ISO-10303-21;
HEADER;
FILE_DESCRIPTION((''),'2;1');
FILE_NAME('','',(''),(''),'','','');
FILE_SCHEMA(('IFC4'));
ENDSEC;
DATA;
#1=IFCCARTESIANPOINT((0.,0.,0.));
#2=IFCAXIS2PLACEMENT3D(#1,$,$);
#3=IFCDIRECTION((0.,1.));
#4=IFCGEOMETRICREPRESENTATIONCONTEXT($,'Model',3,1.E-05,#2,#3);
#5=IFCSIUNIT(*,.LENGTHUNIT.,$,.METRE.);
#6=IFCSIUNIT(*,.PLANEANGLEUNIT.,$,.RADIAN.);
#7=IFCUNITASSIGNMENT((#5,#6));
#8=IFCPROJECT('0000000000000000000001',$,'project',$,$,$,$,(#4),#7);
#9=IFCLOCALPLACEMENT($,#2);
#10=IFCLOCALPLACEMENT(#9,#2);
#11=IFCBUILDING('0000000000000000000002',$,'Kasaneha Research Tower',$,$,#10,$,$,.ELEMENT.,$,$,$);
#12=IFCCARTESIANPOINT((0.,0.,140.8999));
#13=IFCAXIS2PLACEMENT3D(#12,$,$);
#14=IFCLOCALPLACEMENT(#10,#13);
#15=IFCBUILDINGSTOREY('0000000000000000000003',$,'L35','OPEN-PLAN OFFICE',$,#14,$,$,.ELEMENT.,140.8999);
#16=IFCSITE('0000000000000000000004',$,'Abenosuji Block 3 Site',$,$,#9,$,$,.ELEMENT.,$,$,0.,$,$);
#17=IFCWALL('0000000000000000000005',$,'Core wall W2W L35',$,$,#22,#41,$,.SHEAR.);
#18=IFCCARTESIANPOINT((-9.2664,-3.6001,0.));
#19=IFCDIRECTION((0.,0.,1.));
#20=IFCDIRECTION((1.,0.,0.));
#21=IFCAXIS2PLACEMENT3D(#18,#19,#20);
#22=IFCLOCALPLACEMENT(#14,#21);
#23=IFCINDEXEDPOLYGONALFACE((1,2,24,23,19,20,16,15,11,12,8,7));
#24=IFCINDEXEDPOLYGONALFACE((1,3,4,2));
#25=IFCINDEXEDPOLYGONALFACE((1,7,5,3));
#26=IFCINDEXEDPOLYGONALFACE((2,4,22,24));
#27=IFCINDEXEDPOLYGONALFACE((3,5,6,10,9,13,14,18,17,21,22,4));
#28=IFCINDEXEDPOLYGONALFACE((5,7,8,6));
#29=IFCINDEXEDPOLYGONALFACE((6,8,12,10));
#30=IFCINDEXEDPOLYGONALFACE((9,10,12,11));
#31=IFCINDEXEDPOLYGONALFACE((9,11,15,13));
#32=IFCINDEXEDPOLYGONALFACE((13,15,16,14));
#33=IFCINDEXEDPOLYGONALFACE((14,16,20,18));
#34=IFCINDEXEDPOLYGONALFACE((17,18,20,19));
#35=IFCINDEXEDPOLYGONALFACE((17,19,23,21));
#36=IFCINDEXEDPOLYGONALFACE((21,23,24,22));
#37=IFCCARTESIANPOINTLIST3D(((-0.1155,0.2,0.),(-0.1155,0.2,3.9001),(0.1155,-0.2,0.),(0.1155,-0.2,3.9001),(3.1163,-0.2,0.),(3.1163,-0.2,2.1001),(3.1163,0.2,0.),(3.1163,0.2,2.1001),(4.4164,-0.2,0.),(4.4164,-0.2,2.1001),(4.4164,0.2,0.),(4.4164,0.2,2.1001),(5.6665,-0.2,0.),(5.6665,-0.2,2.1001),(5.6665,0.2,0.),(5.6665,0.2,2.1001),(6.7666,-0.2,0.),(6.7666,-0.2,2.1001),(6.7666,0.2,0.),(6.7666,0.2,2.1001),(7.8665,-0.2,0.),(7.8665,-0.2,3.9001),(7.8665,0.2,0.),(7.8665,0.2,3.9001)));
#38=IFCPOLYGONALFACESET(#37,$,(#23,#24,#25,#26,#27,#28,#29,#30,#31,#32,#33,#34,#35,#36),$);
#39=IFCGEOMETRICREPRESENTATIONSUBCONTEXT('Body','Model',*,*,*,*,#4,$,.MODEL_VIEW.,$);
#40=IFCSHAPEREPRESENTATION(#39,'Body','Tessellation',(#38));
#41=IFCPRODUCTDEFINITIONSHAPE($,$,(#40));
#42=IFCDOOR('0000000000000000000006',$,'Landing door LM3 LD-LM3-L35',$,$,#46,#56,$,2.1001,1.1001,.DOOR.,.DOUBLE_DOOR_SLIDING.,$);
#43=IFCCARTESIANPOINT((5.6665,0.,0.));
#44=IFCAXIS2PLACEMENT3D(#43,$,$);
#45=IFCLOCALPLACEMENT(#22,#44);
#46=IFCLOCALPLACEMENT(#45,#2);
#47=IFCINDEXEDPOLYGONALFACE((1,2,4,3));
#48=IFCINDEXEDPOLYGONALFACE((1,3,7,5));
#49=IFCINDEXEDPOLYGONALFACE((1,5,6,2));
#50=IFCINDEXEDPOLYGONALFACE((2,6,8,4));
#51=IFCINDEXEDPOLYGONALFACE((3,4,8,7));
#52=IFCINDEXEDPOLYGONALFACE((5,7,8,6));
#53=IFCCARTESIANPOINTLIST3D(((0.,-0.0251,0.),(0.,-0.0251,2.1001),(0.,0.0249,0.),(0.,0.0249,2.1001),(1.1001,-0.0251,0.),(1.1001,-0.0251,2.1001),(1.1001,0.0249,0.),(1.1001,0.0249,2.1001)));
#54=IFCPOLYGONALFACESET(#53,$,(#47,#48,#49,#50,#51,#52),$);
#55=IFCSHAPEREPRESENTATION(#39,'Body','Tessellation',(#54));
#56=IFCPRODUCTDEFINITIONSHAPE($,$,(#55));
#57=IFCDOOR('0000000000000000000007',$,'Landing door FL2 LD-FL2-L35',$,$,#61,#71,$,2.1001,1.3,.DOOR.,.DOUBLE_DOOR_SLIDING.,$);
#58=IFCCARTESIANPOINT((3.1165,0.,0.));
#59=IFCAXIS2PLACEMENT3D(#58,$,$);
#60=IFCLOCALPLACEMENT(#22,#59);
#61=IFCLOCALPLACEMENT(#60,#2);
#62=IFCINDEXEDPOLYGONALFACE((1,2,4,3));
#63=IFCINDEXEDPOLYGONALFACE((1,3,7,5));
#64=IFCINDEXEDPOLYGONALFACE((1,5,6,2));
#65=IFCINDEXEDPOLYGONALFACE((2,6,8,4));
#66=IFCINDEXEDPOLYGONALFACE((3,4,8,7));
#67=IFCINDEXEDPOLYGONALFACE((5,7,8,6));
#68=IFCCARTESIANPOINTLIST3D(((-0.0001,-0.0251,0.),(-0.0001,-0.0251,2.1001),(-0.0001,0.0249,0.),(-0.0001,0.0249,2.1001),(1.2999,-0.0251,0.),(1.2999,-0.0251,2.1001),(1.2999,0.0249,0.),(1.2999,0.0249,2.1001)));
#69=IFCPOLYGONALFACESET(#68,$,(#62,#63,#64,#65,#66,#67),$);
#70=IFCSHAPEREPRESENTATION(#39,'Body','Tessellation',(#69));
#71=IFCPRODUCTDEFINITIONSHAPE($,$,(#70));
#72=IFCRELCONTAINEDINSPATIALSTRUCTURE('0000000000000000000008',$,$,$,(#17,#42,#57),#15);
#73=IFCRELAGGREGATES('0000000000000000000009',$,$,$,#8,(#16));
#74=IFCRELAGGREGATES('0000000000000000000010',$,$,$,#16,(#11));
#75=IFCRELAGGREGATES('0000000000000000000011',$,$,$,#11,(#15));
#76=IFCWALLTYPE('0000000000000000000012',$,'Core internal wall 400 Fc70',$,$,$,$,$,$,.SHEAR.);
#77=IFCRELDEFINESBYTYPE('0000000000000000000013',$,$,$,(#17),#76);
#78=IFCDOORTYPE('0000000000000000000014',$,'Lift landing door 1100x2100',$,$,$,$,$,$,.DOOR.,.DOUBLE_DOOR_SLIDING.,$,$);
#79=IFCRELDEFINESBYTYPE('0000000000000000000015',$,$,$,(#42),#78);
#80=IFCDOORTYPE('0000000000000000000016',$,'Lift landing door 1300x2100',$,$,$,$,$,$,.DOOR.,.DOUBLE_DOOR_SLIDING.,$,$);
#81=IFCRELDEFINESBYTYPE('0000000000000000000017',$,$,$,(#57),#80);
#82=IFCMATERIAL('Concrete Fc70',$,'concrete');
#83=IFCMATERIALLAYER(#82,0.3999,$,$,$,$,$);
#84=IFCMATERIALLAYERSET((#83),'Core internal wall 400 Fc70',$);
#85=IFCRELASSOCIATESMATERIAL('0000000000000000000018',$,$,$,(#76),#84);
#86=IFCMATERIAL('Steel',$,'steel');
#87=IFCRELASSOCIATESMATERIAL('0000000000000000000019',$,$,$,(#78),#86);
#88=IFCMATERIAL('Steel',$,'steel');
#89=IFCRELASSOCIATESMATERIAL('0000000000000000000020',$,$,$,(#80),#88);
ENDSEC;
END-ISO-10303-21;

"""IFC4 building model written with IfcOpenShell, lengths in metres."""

from ifc_helpers import new_model, si_unit, direction, frame, frame_2d, origin, place, context, subcontext, project, spatial, polyline, rectangle, outline, extrude, material, layer, layer_set, type_object, element, fill, save


model = new_model("IFC4")

# Units and contexts
model_context = context("Model", 3, precision=1e-05, world=origin(), true_north=direction((0.0, 1.0)))
body_context = subcontext(model_context, "Body", "Model", "MODEL_VIEW")
ifc_project = project(units=[si_unit("LENGTHUNIT", "METRE"), si_unit("PLANEANGLEUNIT", "RADIAN")], contexts=[model_context])

# Site, building, storey
site_placement = place(None, origin())
site = spatial("IfcSite", under=ifc_project, at=site_placement, Name="Abenosuji Block 3 Site", CompositionType="ELEMENT", RefElevation=0.0)
building_placement = place(site_placement, origin())
building = spatial("IfcBuilding", under=site, at=building_placement, Name="Kasaneha Research Tower", CompositionType="ELEMENT")
storey_placement = place(building_placement, frame((0.0, 0.0, 140.8999)))
storey = spatial("IfcBuildingStorey", under=building, at=storey_placement, Name="L35", Description="OPEN-PLAN OFFICE", CompositionType="ELEMENT", Elevation=140.8999)

# Wall, openings, doors
ifc_material_1 = material(Name="Concrete Fc70", Category="concrete")
ifc_layer_1 = layer(ifc_material_1, 0.3999)
ifc_layer_set_1 = layer_set([ifc_layer_1], Name="Core internal wall 400 Fc70")
wall_type_1 = type_object("IfcWallType", Name="Core internal wall 400 Fc70", PredefinedType="SHEAR", material=ifc_layer_set_1)
wall_1_placement = place(storey_placement, frame((-9.2664, -3.6001, 0.0), z_axis=(0.0, 0.0, 1.0), x_axis=(1.0, 0.0, 0.0)))
wall_1 = element("IfcWall", 1, at=wall_1_placement, inside=storey, type_object=wall_type_1, Name="Core wall W2W L35", PredefinedType="SHEAR", context=body_context, shape_type="SweptSolid", body=[
    extrude(outline(polyline([(0.1155, -0.2), (3.1165, -0.2), (4.4165, -0.2), (5.6665, -0.2), (6.7666, -0.2), (7.8665, -0.2), (7.8665, 0.2), (6.7666, 0.2), (5.6665, 0.2), (4.4165, 0.2), (3.1165, 0.2), (-0.1155, 0.2), (0.1155, -0.2)])), origin(), (0.0, 0.0, 1.0), 3.9001),
])
opening_1_placement = place(wall_1_placement, frame((5.6665, 0.0, 0.0)))
opening_1 = element("IfcOpeningElement", 2, at=opening_1_placement, cuts=wall_1, PredefinedType="OPENING", context=body_context, shape_type="SweptSolid", body=[
    extrude(rectangle(XDim=1.1001, YDim=2.1001, at=frame_2d((0.55, 1.05))), frame((0.0, 0.21, 0.0), z_axis=(0.0, -1.0, 0.0), x_axis=(1.0, 0.0, 0.0)), (0.0, 0.0, 1.0), 0.4199),
])
opening_2_placement = place(wall_1_placement, frame((3.1165, 0.0, 0.0)))
opening_2 = element("IfcOpeningElement", 3, at=opening_2_placement, cuts=wall_1, PredefinedType="OPENING", context=body_context, shape_type="SweptSolid", body=[
    extrude(rectangle(XDim=1.3, YDim=2.1001, at=frame_2d((0.6499, 1.05))), frame((0.0, 0.21, 0.0), z_axis=(0.0, -1.0, 0.0), x_axis=(1.0, 0.0, 0.0)), (0.0, 0.0, 1.0), 0.4199),
])
ifc_material_2 = material(Name="Steel", Category="steel")
door_type_1 = type_object("IfcDoorType", Name="Lift landing door 1100x2100", OperationType="DOUBLE_DOOR_SLIDING", PredefinedType="DOOR", material=ifc_material_2)
door_1_placement = place(opening_1_placement, origin())
door_1 = element("IfcDoor", 4, at=door_1_placement, inside=storey, type_object=door_type_1, Name="Landing door LM3 LD-LM3-L35", OperationType="DOUBLE_DOOR_SLIDING", OverallHeight=2.1001, OverallWidth=1.1001, PredefinedType="DOOR", context=body_context, shape_type="SweptSolid", body=[
    extrude(rectangle(XDim=1.1001, YDim=2.1001, at=frame_2d((0.55, 1.05))), frame((0.0, 0.0249, 0.0), z_axis=(0.0, -1.0, 0.0), x_axis=(1.0, 0.0, 0.0)), (0.0, 0.0, 1.0), 0.05),
])
fill(opening_1, door_1)
ifc_material_3 = material(Name="Steel", Category="steel")
door_type_2 = type_object("IfcDoorType", Name="Lift landing door 1300x2100", OperationType="DOUBLE_DOOR_SLIDING", PredefinedType="DOOR", material=ifc_material_3)
door_2_placement = place(opening_2_placement, origin())
door_2 = element("IfcDoor", 5, at=door_2_placement, inside=storey, type_object=door_type_2, Name="Landing door FL2 LD-FL2-L35", OperationType="DOUBLE_DOOR_SLIDING", OverallHeight=2.1001, OverallWidth=1.3, PredefinedType="DOOR", context=body_context, shape_type="SweptSolid", body=[
    extrude(rectangle(XDim=1.3, YDim=2.1001, at=frame_2d((0.6499, 1.05))), frame((0.0, 0.0249, 0.0), z_axis=(0.0, -1.0, 0.0), x_axis=(1.0, 0.0, 0.0)), (0.0, 0.0, 1.0), 0.05),
])
fill(opening_2, door_2)

save(model, "model.ifc")
